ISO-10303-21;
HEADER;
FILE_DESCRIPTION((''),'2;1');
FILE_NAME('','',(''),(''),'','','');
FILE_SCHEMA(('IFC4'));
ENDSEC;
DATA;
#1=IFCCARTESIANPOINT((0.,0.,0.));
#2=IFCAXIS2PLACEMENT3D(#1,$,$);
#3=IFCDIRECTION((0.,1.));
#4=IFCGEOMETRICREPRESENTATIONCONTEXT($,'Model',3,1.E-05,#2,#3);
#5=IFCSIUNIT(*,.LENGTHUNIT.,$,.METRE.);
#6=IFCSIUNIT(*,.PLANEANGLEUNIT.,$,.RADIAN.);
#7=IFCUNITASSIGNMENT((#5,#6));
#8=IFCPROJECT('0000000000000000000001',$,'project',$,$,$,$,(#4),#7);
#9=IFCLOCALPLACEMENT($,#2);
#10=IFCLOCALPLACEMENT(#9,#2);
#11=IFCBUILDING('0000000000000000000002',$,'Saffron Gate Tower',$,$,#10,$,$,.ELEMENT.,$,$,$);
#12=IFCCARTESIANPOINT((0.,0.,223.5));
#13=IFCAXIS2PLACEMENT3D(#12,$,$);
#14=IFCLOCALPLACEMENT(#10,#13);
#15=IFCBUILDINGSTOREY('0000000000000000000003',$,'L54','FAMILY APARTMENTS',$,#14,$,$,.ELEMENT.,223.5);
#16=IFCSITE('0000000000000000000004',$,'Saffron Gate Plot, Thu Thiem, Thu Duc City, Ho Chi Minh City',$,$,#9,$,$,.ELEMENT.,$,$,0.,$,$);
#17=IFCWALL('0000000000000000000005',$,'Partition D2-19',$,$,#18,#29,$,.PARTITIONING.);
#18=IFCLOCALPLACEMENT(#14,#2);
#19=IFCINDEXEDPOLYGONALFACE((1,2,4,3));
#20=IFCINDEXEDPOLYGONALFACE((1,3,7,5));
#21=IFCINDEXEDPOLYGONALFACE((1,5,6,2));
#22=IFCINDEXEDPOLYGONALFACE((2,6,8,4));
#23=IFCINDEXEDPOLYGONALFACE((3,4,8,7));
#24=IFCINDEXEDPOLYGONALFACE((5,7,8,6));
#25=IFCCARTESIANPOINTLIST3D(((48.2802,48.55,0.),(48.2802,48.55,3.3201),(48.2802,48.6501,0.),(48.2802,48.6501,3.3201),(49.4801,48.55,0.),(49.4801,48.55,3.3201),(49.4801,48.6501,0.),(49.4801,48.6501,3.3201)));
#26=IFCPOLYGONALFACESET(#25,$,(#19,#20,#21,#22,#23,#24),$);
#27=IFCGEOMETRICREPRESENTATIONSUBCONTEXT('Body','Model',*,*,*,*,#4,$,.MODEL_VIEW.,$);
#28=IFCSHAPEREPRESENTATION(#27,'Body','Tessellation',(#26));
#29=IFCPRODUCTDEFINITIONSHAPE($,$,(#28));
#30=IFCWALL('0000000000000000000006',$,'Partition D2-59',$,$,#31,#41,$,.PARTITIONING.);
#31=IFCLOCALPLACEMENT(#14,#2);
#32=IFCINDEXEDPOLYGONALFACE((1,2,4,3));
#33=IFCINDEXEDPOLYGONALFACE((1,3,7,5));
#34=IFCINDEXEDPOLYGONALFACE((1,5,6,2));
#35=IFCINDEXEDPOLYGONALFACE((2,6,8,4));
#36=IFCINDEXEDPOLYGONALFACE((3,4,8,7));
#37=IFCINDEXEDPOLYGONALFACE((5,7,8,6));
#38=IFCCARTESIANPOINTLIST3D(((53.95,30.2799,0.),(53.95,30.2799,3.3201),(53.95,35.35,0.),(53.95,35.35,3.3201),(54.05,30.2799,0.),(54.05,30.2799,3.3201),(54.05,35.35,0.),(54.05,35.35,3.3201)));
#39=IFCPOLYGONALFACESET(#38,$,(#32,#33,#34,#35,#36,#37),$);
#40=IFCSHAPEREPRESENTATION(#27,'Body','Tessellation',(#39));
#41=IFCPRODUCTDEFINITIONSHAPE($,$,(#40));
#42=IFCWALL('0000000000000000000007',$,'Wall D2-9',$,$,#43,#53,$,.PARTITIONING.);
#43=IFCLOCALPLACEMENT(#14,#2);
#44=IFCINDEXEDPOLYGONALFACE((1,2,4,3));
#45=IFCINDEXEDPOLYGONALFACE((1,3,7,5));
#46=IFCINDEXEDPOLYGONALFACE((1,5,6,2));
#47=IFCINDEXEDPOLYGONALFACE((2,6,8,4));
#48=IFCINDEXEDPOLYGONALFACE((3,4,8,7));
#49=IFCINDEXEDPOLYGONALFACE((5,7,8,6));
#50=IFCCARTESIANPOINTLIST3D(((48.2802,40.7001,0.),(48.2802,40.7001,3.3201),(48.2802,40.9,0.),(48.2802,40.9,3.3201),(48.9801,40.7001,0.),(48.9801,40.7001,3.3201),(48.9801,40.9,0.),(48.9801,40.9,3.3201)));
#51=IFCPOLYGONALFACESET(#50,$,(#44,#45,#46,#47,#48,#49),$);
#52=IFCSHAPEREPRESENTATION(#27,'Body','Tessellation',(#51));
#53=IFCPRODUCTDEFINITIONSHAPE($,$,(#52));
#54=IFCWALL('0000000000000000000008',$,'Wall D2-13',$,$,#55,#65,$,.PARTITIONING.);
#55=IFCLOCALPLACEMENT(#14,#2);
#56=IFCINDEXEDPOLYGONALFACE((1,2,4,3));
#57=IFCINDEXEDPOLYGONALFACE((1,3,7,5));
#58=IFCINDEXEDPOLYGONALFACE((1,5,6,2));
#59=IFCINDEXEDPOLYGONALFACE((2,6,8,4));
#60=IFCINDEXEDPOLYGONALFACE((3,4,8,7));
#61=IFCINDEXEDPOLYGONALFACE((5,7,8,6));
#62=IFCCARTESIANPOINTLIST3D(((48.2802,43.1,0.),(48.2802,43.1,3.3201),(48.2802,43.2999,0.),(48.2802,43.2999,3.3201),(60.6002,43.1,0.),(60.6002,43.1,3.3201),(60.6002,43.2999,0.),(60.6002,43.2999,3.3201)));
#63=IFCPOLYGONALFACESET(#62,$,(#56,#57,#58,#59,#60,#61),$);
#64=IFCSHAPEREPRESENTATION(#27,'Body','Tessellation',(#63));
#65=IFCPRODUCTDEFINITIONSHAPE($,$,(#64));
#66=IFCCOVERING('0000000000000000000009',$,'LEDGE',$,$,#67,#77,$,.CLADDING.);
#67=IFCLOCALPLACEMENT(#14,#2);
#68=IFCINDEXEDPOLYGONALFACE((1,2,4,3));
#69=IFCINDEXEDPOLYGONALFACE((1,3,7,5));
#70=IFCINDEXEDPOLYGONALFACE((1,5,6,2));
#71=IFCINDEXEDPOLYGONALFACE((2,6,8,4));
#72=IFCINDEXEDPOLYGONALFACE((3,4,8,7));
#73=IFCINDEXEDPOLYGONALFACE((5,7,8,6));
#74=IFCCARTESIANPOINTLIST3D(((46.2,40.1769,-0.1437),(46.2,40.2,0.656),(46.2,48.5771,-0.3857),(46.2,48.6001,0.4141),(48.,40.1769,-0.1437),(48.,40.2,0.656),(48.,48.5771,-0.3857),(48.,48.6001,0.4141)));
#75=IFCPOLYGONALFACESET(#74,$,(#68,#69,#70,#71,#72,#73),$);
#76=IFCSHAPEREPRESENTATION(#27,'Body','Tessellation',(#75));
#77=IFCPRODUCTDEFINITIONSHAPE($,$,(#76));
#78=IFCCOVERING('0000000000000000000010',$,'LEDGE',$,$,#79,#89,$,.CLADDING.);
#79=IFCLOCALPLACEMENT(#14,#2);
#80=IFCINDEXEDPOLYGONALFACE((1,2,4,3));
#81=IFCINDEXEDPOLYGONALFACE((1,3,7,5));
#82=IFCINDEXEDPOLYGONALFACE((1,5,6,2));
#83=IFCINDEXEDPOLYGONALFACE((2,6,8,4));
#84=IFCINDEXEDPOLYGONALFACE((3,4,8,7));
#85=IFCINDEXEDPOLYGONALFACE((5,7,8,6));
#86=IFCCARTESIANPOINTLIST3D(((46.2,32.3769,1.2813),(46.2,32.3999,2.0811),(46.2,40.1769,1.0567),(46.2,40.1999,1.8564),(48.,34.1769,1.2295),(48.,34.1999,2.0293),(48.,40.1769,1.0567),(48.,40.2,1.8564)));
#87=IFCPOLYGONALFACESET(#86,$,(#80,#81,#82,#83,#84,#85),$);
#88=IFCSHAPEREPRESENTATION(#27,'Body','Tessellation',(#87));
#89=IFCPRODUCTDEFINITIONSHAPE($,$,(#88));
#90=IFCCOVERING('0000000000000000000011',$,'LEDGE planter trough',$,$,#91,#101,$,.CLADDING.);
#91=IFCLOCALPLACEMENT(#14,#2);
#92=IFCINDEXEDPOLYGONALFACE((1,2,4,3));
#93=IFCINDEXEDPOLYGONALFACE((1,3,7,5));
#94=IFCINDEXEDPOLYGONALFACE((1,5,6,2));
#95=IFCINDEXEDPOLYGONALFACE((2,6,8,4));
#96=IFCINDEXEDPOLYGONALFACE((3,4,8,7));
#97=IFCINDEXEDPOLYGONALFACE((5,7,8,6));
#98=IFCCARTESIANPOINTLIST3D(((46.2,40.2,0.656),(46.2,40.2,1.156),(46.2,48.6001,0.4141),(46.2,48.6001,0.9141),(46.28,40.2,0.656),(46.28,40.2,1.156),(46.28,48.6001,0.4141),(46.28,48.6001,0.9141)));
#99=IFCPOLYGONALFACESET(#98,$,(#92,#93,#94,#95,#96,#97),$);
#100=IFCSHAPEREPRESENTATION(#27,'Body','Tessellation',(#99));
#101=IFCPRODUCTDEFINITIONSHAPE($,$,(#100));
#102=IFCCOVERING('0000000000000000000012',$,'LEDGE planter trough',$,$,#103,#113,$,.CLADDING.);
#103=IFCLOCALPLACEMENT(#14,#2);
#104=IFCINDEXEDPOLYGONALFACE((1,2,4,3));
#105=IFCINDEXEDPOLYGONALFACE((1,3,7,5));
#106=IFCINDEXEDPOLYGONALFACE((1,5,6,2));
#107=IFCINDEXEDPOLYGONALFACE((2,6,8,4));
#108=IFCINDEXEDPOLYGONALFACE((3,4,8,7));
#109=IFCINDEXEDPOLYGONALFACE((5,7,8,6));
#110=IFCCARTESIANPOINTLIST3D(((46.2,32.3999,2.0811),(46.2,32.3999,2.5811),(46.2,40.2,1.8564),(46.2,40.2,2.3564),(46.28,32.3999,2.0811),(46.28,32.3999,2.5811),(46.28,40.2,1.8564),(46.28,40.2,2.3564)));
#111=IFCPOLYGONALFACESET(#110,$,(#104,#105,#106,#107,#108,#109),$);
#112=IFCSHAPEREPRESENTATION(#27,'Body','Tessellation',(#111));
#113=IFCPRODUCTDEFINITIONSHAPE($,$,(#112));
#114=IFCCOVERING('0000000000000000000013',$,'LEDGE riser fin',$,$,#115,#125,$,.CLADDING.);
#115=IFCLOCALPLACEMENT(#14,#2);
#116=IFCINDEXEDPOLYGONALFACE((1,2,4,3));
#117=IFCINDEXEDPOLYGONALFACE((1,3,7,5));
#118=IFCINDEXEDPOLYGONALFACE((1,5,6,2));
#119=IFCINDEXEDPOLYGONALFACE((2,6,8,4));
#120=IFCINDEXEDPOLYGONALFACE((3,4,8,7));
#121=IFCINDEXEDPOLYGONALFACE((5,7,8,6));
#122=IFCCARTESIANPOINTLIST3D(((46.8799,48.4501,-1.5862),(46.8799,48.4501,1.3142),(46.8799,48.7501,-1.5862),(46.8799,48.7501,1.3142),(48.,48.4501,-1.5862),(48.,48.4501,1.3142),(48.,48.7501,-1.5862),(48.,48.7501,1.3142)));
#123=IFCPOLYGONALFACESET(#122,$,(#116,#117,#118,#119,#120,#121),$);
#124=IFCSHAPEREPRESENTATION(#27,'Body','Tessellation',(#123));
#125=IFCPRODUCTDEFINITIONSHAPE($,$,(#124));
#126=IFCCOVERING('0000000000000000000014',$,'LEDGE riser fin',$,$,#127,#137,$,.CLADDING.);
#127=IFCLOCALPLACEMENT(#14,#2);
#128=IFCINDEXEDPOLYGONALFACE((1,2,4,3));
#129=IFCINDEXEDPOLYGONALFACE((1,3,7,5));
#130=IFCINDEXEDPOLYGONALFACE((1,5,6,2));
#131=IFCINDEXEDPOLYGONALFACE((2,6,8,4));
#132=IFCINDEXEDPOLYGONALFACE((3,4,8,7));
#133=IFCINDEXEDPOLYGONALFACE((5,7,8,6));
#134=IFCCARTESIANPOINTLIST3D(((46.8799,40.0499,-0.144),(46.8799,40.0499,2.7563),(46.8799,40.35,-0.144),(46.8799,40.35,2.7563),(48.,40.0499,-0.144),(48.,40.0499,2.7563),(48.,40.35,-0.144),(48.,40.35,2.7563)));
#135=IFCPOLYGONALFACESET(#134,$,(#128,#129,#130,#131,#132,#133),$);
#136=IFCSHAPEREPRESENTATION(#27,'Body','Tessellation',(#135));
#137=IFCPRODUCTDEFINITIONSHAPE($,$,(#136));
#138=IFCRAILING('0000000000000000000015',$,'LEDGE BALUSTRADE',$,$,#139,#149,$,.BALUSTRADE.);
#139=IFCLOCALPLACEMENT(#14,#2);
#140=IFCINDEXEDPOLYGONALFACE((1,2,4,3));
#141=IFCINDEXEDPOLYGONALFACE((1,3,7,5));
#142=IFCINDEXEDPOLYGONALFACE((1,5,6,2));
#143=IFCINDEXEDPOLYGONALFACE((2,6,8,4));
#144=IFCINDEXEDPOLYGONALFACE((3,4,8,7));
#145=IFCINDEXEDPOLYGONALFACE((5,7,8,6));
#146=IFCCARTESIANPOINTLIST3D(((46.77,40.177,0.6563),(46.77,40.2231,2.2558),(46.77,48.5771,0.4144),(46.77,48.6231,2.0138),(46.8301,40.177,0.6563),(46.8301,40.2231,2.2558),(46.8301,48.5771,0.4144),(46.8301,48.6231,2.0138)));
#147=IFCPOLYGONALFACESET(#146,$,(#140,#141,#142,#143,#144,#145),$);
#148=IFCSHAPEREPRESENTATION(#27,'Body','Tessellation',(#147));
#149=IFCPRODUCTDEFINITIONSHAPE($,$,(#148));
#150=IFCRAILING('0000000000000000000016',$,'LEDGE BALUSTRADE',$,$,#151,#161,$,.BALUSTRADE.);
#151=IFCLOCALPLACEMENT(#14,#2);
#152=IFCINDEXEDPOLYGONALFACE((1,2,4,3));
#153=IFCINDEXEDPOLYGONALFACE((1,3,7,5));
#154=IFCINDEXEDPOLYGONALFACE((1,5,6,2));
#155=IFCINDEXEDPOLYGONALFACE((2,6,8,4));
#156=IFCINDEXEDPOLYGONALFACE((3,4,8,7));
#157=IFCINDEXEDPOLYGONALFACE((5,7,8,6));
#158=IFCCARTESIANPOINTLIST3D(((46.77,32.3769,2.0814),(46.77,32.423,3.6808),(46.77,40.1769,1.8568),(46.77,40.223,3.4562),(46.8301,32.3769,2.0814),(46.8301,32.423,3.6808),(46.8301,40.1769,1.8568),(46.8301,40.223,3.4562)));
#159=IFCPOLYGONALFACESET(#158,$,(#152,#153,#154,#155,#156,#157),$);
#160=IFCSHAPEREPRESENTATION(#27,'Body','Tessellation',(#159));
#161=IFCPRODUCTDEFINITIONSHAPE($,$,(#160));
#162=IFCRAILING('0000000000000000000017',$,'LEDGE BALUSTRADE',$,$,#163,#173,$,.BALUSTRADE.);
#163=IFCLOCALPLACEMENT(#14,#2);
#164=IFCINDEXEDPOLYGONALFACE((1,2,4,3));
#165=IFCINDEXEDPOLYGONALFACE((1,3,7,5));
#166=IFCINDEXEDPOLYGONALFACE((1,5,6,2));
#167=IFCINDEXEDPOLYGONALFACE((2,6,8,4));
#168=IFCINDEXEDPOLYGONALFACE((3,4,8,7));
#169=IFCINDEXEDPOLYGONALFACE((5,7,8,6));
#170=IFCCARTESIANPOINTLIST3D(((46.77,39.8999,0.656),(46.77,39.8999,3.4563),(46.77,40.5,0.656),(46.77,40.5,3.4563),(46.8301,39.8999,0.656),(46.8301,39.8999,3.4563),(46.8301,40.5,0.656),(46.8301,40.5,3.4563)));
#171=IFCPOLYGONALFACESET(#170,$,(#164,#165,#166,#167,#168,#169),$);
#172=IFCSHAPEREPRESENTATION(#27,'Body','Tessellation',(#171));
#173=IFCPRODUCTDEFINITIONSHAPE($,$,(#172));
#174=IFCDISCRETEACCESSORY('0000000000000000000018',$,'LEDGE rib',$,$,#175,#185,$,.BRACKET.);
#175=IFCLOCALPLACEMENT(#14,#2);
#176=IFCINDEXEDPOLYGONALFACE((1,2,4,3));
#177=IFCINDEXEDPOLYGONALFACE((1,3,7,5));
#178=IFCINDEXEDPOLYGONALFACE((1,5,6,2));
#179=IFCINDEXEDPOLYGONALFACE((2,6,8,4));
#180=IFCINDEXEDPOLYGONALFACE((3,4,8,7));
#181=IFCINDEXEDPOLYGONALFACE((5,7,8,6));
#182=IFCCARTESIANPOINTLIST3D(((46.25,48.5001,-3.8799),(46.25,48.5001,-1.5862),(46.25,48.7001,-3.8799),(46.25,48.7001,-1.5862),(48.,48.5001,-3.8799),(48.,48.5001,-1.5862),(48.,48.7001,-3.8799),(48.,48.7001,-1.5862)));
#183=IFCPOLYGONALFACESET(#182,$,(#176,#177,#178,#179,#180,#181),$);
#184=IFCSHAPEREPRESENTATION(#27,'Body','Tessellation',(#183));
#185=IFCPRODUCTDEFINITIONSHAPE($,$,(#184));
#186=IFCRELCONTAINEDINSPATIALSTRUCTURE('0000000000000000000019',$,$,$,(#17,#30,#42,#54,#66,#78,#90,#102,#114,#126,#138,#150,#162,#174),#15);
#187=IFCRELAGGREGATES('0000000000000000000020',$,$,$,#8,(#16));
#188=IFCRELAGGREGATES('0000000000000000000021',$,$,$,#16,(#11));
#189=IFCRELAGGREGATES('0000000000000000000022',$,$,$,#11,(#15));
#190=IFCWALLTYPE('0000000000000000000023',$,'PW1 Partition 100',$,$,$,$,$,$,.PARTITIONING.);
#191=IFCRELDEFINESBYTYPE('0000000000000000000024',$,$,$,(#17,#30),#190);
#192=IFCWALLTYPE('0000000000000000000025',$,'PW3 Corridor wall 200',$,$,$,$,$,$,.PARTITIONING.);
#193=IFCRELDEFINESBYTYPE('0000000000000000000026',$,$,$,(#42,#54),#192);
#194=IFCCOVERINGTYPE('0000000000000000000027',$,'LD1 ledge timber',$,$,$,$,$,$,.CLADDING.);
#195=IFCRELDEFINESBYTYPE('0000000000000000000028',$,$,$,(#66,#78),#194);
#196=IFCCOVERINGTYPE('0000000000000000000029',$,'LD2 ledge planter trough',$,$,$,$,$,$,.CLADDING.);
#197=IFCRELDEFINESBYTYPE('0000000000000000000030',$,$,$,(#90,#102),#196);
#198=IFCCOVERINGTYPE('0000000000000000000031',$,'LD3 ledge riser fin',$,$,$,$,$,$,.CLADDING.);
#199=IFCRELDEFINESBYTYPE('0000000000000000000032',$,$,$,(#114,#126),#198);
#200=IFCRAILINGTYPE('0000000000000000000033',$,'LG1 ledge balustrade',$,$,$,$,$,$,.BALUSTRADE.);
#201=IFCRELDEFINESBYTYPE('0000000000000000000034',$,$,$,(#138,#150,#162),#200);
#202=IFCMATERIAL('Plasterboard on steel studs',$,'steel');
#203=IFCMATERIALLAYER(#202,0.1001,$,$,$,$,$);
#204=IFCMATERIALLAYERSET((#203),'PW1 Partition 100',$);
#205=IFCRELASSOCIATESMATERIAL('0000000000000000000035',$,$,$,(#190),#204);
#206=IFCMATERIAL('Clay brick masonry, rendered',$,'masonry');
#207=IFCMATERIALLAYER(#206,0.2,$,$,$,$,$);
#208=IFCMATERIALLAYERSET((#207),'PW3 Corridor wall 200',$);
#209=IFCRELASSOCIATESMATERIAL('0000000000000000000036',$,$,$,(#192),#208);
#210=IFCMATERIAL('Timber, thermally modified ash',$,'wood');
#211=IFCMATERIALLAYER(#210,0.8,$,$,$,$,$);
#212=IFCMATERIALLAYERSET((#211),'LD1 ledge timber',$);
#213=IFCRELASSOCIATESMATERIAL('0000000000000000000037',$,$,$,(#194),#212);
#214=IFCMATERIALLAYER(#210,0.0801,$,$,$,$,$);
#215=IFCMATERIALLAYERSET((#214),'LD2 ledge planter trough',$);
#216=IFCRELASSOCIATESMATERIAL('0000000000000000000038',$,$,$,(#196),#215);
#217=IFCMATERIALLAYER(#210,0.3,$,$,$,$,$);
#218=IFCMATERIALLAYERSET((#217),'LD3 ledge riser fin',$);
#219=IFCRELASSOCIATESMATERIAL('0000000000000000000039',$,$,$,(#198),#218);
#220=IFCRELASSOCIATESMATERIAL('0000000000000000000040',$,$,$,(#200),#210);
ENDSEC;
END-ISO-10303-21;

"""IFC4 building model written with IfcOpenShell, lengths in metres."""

from ifc_helpers import new_model, si_unit, direction, frame, frame_2d, origin, origin_2d, place, context, subcontext, project, spatial, polyline, rectangle, outline, extrude, material, layer, layer_set, type_object, element, save


model = new_model("IFC4")

# Units and contexts
model_context = context("Model", 3, precision=1e-05, world=origin(), true_north=direction((0.0, 1.0)))
body_context = subcontext(model_context, "Body", "Model", "MODEL_VIEW")
ifc_project = project(units=[si_unit("LENGTHUNIT", "METRE"), si_unit("PLANEANGLEUNIT", "RADIAN")], contexts=[model_context])

# Site, building, storey
site_placement = place(None, origin())
site = spatial("IfcSite", under=ifc_project, at=site_placement, Name="Saffron Gate Plot, Thu Thiem, Thu Duc City, Ho Chi Minh City", CompositionType="ELEMENT", RefElevation=0.0)
building_placement = place(site_placement, origin())
building = spatial("IfcBuilding", under=site, at=building_placement, Name="Saffron Gate Tower", CompositionType="ELEMENT")
storey_placement = place(building_placement, frame((0.0, 0.0, 223.5)))
storey = spatial("IfcBuildingStorey", under=building, at=storey_placement, Name="L54", Description="FAMILY APARTMENTS", CompositionType="ELEMENT", Elevation=223.5)

# Walls
ifc_material_1 = material(Name="Plasterboard on steel studs", Category="steel")
ifc_layer_1 = layer(ifc_material_1, 0.1001)
ifc_layer_set_1 = layer_set([ifc_layer_1], Name="PW1 Partition 100")
wall_type_1 = type_object("IfcWallType", Name="PW1 Partition 100", PredefinedType="PARTITIONING", material=ifc_layer_set_1)
wall_1_placement = place(storey_placement, frame((48.28, 48.6001, 0.0), z_axis=(0.0, 0.0, 1.0), x_axis=(1.0, 0.0, 0.0)))
element("IfcWall", 1, at=wall_1_placement, inside=storey, type_object=wall_type_1, Name="Partition D2-19", PredefinedType="PARTITIONING", context=body_context, shape_type="SweptSolid", body=[
    extrude(rectangle(XDim=1.2, YDim=0.1001, at=frame_2d((0.6001, 0.0))), origin(), (0.0, 0.0, 1.0), 3.3201),
])
wall_2_placement = place(storey_placement, frame((54.0, 35.3501, 0.0), z_axis=(0.0, 0.0, 1.0), x_axis=(0.0, -1.0, 0.0)))
element("IfcWall", 2, at=wall_2_placement, inside=storey, type_object=wall_type_1, Name="Partition D2-59", PredefinedType="PARTITIONING", context=body_context, shape_type="SweptSolid", body=[
    extrude(rectangle(XDim=5.0701, YDim=0.1001, at=frame_2d((2.5352, 0.0))), origin(), (0.0, 0.0, 1.0), 3.3201),
])
ifc_material_2 = material(Name="Clay brick masonry, rendered", Category="masonry")
ifc_layer_2 = layer(ifc_material_2, 0.2)
ifc_layer_set_2 = layer_set([ifc_layer_2], Name="PW3 Corridor wall 200")
wall_type_2 = type_object("IfcWallType", Name="PW3 Corridor wall 200", PredefinedType="PARTITIONING", material=ifc_layer_set_2)
wall_3_placement = place(storey_placement, frame((48.28, 40.8, 0.0), z_axis=(0.0, 0.0, 1.0), x_axis=(1.0, 0.0, 0.0)))
element("IfcWall", 3, at=wall_3_placement, inside=storey, type_object=wall_type_2, Name="Wall D2-9", PredefinedType="PARTITIONING", context=body_context, shape_type="SweptSolid", body=[
    extrude(rectangle(XDim=0.7, YDim=0.2, at=frame_2d((0.3501, 0.0))), origin(), (0.0, 0.0, 1.0), 3.3201),
])
wall_4_placement = place(storey_placement, frame((48.28, 43.2, 0.0), z_axis=(0.0, 0.0, 1.0), x_axis=(1.0, 0.0, 0.0)))
element("IfcWall", 4, at=wall_4_placement, inside=storey, type_object=wall_type_2, Name="Wall D2-13", PredefinedType="PARTITIONING", context=body_context, shape_type="SweptSolid", body=[
    extrude(rectangle(XDim=12.3201, YDim=0.2, at=frame_2d((6.1602, 0.0))), origin(), (0.0, 0.0, 1.0), 3.3201),
])

# Coverings
ifc_material_3 = material(Name="Timber, thermally modified ash", Category="wood")
ifc_layer_3 = layer(ifc_material_3, 0.8)
ifc_layer_set_3 = layer_set([ifc_layer_3], Name="LD1 ledge timber")
covering_type_1 = type_object("IfcCoveringType", Name="LD1 ledge timber", PredefinedType="CLADDING", material=ifc_layer_set_3)
covering_1_placement = place(storey_placement, frame((48.0, 48.6001, 0.4141), z_axis=(0.0, 0.02879, 0.999585), x_axis=(0.0, -0.999585, 0.02879)))
element("IfcCovering", 5, at=covering_1_placement, inside=storey, type_object=covering_type_1, Name="LEDGE", PredefinedType="CLADDING", context=body_context, shape_type="SweptSolid", body=[
    extrude(outline(polyline([(0.0, 0.0), (8.4036, 0.0), (8.4036, -1.8), (0.0, -1.8), (0.0, 0.0)])), origin(), (0.0, 0.0, -1.0), 0.8),
])
covering_2_placement = place(storey_placement, frame((48.0, 40.2, 1.8564), z_axis=(-0.000024, 0.028789, 0.999585), x_axis=(0.0, -0.999585, 0.028789)))
element("IfcCovering", 6, at=covering_2_placement, inside=storey, type_object=covering_type_1, Name="LEDGE", PredefinedType="CLADDING", context=body_context, shape_type="SweptSolid", body=[
    extrude(outline(polyline([(0.0, 0.0), (6.0025, 0.0), (7.8033, -1.8), (0.0, -1.8), (0.0, 0.0)])), origin(), (0.0, 0.0, -1.0), 0.8),
])
ifc_layer_4 = layer(ifc_material_3, 0.0801)
ifc_layer_set_4 = layer_set([ifc_layer_4], Name="LD2 ledge planter trough")
covering_type_2 = type_object("IfcCoveringType", Name="LD2 ledge planter trough", PredefinedType="CLADDING", material=ifc_layer_set_4)
covering_3_placement = place(storey_placement, frame((46.2, 48.6001, 0.4141), z_axis=(-1.0, 0.0, 0.0), x_axis=(0.0, -0.999585, 0.02879)))
element("IfcCovering", 7, at=covering_3_placement, inside=storey, type_object=covering_type_2, Name="LEDGE planter trough", PredefinedType="CLADDING", context=body_context, shape_type="SweptSolid", body=[
    extrude(outline(polyline([(0.0, 0.0), (8.4036, 0.0), (8.418, 0.4998), (0.0144, 0.4998), (0.0, 0.0)])), origin(), (0.0, 0.0, -1.0), 0.0801),
])
covering_4_placement = place(storey_placement, frame((46.2, 40.2, 1.8564), z_axis=(-1.0, 0.0, 0.0), x_axis=(0.0, -0.999586, 0.028784)))
element("IfcCovering", 8, at=covering_4_placement, inside=storey, type_object=covering_type_2, Name="LEDGE planter trough", PredefinedType="CLADDING", context=body_context, shape_type="SweptSolid", body=[
    extrude(outline(polyline([(0.0, 0.0), (7.8033, 0.0), (7.8177, 0.4998), (0.0144, 0.4998), (0.0, 0.0)])), origin(), (0.0, 0.0, -1.0), 0.0801),
])
ifc_layer_5 = layer(ifc_material_3, 0.3)
ifc_layer_set_5 = layer_set([ifc_layer_5], Name="LD3 ledge riser fin")
covering_type_3 = type_object("IfcCoveringType", Name="LD3 ledge riser fin", PredefinedType="CLADDING", material=ifc_layer_set_5)
for number, where, z_axis, x_axis, name in (
    (9, (47.4399, 48.6001, -1.5862), (0.0, 0.0, 1.0), (0.0, -1.0, 0.0), "LEDGE riser fin"),
    (10, (47.4399, 40.2, -0.144), (0.0, 0.0, 1.0), (0.0, -1.0, 0.0), "LEDGE riser fin"),
):
    element("IfcCovering", number, at=place(storey_placement, frame(where, z_axis=z_axis, x_axis=x_axis)), inside=storey, type_object=covering_type_3, Name=name, PredefinedType="CLADDING", context=body_context, shape_type="SweptSolid", body=[
        extrude(rectangle(XDim=0.3, YDim=1.1201, at=origin_2d()), origin(), (0.0, 0.0, 1.0), 2.9004),
    ])

# Railings
railing_type = type_object("IfcRailingType", Name="LG1 ledge balustrade", PredefinedType="BALUSTRADE", material=ifc_material_3)
railing_1_placement = place(storey_placement, frame((46.8, 48.6001, 0.4141)))
element("IfcRailing", 11, at=railing_1_placement, inside=storey, type_object=railing_type, Name="LEDGE BALUSTRADE", PredefinedType="BALUSTRADE", context=body_context, shape_type="SweptSolid", body=[
    extrude(rectangle(XDim=0.0601, YDim=1.6001, at=origin_2d()), frame((0.0, 0.0, 0.8), z_axis=(0.0, -0.999585, 0.02879), x_axis=(1.0, 0.0, 0.0)), (0.0, 0.0, 1.0), 8.4036),
])
railing_2_placement = place(storey_placement, frame((46.8, 40.2, 1.8564)))
element("IfcRailing", 12, at=railing_2_placement, inside=storey, type_object=railing_type, Name="LEDGE BALUSTRADE", PredefinedType="BALUSTRADE", context=body_context, shape_type="SweptSolid", body=[
    extrude(rectangle(XDim=0.0601, YDim=1.6001, at=origin_2d()), frame((0.0, 0.0, 0.8), z_axis=(0.0, -0.999586, 0.028784), x_axis=(1.0, 0.0, 0.0)), (0.0, 0.0, 1.0), 7.8032),
])
railing_3_placement = place(storey_placement, frame((46.8, 40.5, 0.656)))
element("IfcRailing", 13, at=railing_3_placement, inside=storey, type_object=railing_type, Name="LEDGE BALUSTRADE", PredefinedType="BALUSTRADE", context=body_context, shape_type="SweptSolid", body=[
    extrude(rectangle(XDim=0.0601, YDim=2.8003, at=origin_2d()), frame((0.0, 0.0, 1.4001), z_axis=(0.0, -1.0, 0.0), x_axis=(1.0, 0.0, 0.0)), (0.0, 0.0, 1.0), 0.6001),
])

# Discrete accessory
discrete_accessory_1_placement = place(storey_placement, frame((47.125, 48.6001, -3.8799), z_axis=(0.0, 0.0, 1.0), x_axis=(0.0, -1.0, 0.0)))
element("IfcDiscreteAccessory", 14, at=discrete_accessory_1_placement, inside=storey, Name="LEDGE rib", PredefinedType="BRACKET", context=body_context, shape_type="SweptSolid", body=[
    extrude(rectangle(XDim=0.2, YDim=1.75, at=origin_2d()), origin(), (0.0, 0.0, 1.0), 2.2937),
])

save(model, "model.ifc")
